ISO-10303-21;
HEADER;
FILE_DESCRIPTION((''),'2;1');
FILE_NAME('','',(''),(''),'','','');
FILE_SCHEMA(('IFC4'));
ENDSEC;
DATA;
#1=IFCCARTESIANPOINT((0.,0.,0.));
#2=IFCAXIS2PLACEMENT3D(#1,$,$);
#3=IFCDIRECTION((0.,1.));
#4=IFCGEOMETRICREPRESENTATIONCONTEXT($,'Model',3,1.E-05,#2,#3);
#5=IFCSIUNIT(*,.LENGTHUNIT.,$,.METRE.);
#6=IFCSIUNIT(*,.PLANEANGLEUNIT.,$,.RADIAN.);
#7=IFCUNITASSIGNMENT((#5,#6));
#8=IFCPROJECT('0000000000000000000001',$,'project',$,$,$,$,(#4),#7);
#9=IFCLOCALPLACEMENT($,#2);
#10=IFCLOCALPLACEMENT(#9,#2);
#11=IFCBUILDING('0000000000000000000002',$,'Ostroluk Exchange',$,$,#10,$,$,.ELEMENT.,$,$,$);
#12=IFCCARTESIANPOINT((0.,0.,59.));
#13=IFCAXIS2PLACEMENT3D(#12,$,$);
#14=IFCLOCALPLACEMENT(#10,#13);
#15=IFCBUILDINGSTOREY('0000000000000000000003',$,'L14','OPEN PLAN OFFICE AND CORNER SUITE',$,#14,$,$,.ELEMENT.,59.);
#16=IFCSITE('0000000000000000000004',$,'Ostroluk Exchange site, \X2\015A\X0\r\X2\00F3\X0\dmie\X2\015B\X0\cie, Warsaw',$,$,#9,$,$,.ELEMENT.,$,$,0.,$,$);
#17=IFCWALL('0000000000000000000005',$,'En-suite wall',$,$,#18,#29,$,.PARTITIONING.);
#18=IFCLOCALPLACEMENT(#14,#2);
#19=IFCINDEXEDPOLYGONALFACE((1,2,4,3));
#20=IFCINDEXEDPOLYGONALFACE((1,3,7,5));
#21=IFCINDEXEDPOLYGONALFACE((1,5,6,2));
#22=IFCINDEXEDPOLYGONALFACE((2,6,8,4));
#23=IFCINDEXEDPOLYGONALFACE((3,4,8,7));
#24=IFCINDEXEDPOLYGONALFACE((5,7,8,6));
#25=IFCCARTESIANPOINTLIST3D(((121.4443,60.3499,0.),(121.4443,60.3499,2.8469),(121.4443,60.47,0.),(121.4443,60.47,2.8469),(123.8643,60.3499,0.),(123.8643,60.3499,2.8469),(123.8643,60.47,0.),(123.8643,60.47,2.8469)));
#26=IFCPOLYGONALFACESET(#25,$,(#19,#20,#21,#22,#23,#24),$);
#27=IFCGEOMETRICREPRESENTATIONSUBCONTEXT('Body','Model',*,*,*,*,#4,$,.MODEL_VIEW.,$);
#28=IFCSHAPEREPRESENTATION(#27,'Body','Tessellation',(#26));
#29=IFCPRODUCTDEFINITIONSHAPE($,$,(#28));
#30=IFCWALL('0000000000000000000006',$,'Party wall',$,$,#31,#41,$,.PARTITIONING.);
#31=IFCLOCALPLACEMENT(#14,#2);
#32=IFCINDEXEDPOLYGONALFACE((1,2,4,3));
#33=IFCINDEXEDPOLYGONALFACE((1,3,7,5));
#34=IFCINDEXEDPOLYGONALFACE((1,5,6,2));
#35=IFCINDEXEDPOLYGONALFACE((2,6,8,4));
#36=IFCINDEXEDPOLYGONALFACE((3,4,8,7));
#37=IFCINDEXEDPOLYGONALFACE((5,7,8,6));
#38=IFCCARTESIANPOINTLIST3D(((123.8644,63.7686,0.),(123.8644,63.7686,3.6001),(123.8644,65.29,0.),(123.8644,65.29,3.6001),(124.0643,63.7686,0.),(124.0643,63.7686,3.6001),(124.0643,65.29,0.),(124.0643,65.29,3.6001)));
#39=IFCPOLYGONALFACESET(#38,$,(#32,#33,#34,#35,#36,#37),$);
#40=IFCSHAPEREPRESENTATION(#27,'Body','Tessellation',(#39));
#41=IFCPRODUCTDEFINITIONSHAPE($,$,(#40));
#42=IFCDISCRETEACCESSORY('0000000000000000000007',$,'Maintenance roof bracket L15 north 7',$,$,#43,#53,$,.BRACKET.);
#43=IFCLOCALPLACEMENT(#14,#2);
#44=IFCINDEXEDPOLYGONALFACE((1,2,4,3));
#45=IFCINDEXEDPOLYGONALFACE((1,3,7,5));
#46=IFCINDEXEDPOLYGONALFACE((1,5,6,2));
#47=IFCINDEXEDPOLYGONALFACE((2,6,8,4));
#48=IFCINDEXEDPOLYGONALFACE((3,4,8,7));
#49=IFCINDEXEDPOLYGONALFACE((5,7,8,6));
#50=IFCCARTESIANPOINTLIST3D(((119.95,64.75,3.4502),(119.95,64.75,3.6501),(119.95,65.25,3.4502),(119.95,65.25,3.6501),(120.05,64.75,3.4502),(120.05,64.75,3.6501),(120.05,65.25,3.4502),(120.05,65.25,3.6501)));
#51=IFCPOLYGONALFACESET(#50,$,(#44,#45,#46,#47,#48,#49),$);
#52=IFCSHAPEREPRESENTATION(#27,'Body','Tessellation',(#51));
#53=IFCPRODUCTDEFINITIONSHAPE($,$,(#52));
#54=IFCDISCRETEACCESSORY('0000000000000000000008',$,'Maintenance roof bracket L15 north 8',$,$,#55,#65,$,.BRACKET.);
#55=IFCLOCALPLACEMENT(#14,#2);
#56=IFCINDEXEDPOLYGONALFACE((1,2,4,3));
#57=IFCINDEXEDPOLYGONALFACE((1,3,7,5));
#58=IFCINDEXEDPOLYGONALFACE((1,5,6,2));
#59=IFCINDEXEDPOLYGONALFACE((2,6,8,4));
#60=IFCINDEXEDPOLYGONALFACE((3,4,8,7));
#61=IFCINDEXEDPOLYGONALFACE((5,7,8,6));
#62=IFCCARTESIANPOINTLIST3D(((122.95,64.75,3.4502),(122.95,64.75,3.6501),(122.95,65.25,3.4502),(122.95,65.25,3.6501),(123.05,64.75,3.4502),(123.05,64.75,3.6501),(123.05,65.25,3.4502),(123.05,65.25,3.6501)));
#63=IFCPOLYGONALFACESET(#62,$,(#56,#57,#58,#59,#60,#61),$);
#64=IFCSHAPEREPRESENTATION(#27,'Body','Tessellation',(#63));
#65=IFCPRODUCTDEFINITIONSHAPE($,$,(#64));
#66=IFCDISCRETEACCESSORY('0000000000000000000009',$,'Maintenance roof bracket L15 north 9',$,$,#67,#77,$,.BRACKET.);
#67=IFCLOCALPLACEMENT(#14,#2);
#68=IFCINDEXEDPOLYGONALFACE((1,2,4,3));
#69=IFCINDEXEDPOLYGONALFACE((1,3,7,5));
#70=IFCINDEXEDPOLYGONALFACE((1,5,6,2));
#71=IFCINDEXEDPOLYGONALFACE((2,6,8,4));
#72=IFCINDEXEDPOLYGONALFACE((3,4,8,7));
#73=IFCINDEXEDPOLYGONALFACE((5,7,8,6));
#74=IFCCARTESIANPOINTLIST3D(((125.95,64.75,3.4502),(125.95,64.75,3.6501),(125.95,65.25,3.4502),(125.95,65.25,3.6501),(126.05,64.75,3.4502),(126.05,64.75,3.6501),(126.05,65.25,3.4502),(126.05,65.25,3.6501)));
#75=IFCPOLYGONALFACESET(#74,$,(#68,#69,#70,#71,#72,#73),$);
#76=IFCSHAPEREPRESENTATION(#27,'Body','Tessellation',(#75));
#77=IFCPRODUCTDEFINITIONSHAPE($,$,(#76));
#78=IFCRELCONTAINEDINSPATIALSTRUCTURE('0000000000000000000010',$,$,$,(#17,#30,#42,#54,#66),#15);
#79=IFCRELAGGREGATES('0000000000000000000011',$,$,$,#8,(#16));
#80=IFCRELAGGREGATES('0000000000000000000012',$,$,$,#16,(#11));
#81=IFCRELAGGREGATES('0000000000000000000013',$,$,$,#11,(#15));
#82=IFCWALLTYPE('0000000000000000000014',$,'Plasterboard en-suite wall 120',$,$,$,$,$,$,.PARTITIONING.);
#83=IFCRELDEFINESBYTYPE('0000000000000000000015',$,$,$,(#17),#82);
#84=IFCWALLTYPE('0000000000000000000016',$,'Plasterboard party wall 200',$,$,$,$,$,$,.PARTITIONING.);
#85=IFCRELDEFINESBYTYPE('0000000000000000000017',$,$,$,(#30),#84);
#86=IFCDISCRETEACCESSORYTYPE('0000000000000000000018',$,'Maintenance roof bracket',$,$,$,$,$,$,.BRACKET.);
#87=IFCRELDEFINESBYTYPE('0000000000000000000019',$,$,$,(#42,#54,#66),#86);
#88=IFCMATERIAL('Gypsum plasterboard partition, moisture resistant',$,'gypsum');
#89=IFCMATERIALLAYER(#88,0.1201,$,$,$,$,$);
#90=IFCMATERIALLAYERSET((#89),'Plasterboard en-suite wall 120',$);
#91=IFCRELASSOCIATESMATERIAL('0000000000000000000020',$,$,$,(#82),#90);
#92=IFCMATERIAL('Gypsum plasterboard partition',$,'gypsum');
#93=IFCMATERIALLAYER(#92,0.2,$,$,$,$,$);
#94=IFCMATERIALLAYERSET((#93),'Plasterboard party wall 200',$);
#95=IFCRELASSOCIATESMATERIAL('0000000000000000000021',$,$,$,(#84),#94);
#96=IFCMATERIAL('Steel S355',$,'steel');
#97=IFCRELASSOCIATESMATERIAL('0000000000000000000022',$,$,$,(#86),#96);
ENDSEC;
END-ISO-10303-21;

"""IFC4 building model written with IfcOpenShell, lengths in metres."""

from ifc_helpers import new_model, si_unit, direction, frame, frame_2d, origin, origin_2d, place, context, subcontext, project, spatial, rectangle, extrude, material, layer, layer_set, type_object, element, save


model = new_model("IFC4")

# Units and contexts
model_context = context("Model", 3, precision=1e-05, world=origin(), true_north=direction((0.0, 1.0)))
body_context = subcontext(model_context, "Body", "Model", "MODEL_VIEW")
ifc_project = project(units=[si_unit("LENGTHUNIT", "METRE"), si_unit("PLANEANGLEUNIT", "RADIAN")], contexts=[model_context])

# Site, building, storey
site_placement = place(None, origin())
site = spatial("IfcSite", under=ifc_project, at=site_placement, Name="Ostroluk Exchange site, Śródmieście, Warsaw", CompositionType="ELEMENT", RefElevation=0.0)
building_placement = place(site_placement, origin())
building = spatial("IfcBuilding", under=site, at=building_placement, Name="Ostroluk Exchange", CompositionType="ELEMENT")
storey_placement = place(building_placement, frame((0.0, 0.0, 59.0)))
storey = spatial("IfcBuildingStorey", under=building, at=storey_placement, Name="L14", Description="OPEN PLAN OFFICE AND CORNER SUITE", CompositionType="ELEMENT", Elevation=59.0)

# Shared definitions
ifc_material_1 = material(Name="Gypsum plasterboard partition, moisture resistant", Category="gypsum")
ifc_layer_1 = layer(ifc_material_1, 0.1201)
ifc_layer_set_1 = layer_set([ifc_layer_1], Name="Plasterboard en-suite wall 120")
wall_type_1 = type_object("IfcWallType", Name="Plasterboard en-suite wall 120", PredefinedType="PARTITIONING", material=ifc_layer_set_1)

# Walls
wall_1_placement = place(storey_placement, frame((123.8643, 60.4099, 0.0), z_axis=(0.0, 0.0, 1.0), x_axis=(-1.0, 0.0, 0.0)))
element("IfcWall", 1, at=wall_1_placement, inside=storey, type_object=wall_type_1, Name="En-suite wall", PredefinedType="PARTITIONING", context=body_context, shape_type="SweptSolid", body=[
    extrude(rectangle(XDim=2.4199, YDim=0.1201, at=frame_2d((1.21, 0.0))), origin(), (0.0, 0.0, 1.0), 2.8469),
])
ifc_material_2 = material(Name="Gypsum plasterboard partition", Category="gypsum")
ifc_layer_2 = layer(ifc_material_2, 0.2)
ifc_layer_set_2 = layer_set([ifc_layer_2], Name="Plasterboard party wall 200")
wall_type_2 = type_object("IfcWallType", Name="Plasterboard party wall 200", PredefinedType="PARTITIONING", material=ifc_layer_set_2)
wall_2_placement = place(storey_placement, frame((123.9644, 63.7686, 0.0), z_axis=(0.0, 0.0, 1.0), x_axis=(0.0, 1.0, 0.0)))
element("IfcWall", 2, at=wall_2_placement, inside=storey, type_object=wall_type_2, Name="Party wall", PredefinedType="PARTITIONING", context=body_context, shape_type="SweptSolid", body=[
    extrude(rectangle(XDim=1.5215, YDim=0.2, at=frame_2d((0.7607, 0.0))), origin(), (0.0, 0.0, 1.0), 3.6001),
])

# Discrete accessories
ifc_material_3 = material(Name="Steel S355", Category="steel")
discrete_accessory_type = type_object("IfcDiscreteAccessoryType", Name="Maintenance roof bracket", PredefinedType="BRACKET", material=ifc_material_3)
for number, where, z_axis, x_axis, name in (
    (3, (120.0, 65.0, 3.4502), (0.0, 0.0, 1.0), (1.0, 0.0, 0.0), "Maintenance roof bracket L15 north 7"),
    (4, (123.0, 65.0, 3.4502), (0.0, 0.0, 1.0), (1.0, 0.0, 0.0), "Maintenance roof bracket L15 north 8"),
    (5, (126.0, 65.0, 3.4502), (0.0, 0.0, 1.0), (1.0, 0.0, 0.0), "Maintenance roof bracket L15 north 9"),
):
    element("IfcDiscreteAccessory", number, at=place(storey_placement, frame(where, z_axis=z_axis, x_axis=x_axis)), inside=storey, type_object=discrete_accessory_type, Name=name, PredefinedType="BRACKET", context=body_context, shape_type="SweptSolid", body=[
        extrude(rectangle(XDim=0.1001, YDim=0.5, at=origin_2d()), origin(), (0.0, 0.0, 1.0), 0.2),
    ])

save(model, "model.ifc")
